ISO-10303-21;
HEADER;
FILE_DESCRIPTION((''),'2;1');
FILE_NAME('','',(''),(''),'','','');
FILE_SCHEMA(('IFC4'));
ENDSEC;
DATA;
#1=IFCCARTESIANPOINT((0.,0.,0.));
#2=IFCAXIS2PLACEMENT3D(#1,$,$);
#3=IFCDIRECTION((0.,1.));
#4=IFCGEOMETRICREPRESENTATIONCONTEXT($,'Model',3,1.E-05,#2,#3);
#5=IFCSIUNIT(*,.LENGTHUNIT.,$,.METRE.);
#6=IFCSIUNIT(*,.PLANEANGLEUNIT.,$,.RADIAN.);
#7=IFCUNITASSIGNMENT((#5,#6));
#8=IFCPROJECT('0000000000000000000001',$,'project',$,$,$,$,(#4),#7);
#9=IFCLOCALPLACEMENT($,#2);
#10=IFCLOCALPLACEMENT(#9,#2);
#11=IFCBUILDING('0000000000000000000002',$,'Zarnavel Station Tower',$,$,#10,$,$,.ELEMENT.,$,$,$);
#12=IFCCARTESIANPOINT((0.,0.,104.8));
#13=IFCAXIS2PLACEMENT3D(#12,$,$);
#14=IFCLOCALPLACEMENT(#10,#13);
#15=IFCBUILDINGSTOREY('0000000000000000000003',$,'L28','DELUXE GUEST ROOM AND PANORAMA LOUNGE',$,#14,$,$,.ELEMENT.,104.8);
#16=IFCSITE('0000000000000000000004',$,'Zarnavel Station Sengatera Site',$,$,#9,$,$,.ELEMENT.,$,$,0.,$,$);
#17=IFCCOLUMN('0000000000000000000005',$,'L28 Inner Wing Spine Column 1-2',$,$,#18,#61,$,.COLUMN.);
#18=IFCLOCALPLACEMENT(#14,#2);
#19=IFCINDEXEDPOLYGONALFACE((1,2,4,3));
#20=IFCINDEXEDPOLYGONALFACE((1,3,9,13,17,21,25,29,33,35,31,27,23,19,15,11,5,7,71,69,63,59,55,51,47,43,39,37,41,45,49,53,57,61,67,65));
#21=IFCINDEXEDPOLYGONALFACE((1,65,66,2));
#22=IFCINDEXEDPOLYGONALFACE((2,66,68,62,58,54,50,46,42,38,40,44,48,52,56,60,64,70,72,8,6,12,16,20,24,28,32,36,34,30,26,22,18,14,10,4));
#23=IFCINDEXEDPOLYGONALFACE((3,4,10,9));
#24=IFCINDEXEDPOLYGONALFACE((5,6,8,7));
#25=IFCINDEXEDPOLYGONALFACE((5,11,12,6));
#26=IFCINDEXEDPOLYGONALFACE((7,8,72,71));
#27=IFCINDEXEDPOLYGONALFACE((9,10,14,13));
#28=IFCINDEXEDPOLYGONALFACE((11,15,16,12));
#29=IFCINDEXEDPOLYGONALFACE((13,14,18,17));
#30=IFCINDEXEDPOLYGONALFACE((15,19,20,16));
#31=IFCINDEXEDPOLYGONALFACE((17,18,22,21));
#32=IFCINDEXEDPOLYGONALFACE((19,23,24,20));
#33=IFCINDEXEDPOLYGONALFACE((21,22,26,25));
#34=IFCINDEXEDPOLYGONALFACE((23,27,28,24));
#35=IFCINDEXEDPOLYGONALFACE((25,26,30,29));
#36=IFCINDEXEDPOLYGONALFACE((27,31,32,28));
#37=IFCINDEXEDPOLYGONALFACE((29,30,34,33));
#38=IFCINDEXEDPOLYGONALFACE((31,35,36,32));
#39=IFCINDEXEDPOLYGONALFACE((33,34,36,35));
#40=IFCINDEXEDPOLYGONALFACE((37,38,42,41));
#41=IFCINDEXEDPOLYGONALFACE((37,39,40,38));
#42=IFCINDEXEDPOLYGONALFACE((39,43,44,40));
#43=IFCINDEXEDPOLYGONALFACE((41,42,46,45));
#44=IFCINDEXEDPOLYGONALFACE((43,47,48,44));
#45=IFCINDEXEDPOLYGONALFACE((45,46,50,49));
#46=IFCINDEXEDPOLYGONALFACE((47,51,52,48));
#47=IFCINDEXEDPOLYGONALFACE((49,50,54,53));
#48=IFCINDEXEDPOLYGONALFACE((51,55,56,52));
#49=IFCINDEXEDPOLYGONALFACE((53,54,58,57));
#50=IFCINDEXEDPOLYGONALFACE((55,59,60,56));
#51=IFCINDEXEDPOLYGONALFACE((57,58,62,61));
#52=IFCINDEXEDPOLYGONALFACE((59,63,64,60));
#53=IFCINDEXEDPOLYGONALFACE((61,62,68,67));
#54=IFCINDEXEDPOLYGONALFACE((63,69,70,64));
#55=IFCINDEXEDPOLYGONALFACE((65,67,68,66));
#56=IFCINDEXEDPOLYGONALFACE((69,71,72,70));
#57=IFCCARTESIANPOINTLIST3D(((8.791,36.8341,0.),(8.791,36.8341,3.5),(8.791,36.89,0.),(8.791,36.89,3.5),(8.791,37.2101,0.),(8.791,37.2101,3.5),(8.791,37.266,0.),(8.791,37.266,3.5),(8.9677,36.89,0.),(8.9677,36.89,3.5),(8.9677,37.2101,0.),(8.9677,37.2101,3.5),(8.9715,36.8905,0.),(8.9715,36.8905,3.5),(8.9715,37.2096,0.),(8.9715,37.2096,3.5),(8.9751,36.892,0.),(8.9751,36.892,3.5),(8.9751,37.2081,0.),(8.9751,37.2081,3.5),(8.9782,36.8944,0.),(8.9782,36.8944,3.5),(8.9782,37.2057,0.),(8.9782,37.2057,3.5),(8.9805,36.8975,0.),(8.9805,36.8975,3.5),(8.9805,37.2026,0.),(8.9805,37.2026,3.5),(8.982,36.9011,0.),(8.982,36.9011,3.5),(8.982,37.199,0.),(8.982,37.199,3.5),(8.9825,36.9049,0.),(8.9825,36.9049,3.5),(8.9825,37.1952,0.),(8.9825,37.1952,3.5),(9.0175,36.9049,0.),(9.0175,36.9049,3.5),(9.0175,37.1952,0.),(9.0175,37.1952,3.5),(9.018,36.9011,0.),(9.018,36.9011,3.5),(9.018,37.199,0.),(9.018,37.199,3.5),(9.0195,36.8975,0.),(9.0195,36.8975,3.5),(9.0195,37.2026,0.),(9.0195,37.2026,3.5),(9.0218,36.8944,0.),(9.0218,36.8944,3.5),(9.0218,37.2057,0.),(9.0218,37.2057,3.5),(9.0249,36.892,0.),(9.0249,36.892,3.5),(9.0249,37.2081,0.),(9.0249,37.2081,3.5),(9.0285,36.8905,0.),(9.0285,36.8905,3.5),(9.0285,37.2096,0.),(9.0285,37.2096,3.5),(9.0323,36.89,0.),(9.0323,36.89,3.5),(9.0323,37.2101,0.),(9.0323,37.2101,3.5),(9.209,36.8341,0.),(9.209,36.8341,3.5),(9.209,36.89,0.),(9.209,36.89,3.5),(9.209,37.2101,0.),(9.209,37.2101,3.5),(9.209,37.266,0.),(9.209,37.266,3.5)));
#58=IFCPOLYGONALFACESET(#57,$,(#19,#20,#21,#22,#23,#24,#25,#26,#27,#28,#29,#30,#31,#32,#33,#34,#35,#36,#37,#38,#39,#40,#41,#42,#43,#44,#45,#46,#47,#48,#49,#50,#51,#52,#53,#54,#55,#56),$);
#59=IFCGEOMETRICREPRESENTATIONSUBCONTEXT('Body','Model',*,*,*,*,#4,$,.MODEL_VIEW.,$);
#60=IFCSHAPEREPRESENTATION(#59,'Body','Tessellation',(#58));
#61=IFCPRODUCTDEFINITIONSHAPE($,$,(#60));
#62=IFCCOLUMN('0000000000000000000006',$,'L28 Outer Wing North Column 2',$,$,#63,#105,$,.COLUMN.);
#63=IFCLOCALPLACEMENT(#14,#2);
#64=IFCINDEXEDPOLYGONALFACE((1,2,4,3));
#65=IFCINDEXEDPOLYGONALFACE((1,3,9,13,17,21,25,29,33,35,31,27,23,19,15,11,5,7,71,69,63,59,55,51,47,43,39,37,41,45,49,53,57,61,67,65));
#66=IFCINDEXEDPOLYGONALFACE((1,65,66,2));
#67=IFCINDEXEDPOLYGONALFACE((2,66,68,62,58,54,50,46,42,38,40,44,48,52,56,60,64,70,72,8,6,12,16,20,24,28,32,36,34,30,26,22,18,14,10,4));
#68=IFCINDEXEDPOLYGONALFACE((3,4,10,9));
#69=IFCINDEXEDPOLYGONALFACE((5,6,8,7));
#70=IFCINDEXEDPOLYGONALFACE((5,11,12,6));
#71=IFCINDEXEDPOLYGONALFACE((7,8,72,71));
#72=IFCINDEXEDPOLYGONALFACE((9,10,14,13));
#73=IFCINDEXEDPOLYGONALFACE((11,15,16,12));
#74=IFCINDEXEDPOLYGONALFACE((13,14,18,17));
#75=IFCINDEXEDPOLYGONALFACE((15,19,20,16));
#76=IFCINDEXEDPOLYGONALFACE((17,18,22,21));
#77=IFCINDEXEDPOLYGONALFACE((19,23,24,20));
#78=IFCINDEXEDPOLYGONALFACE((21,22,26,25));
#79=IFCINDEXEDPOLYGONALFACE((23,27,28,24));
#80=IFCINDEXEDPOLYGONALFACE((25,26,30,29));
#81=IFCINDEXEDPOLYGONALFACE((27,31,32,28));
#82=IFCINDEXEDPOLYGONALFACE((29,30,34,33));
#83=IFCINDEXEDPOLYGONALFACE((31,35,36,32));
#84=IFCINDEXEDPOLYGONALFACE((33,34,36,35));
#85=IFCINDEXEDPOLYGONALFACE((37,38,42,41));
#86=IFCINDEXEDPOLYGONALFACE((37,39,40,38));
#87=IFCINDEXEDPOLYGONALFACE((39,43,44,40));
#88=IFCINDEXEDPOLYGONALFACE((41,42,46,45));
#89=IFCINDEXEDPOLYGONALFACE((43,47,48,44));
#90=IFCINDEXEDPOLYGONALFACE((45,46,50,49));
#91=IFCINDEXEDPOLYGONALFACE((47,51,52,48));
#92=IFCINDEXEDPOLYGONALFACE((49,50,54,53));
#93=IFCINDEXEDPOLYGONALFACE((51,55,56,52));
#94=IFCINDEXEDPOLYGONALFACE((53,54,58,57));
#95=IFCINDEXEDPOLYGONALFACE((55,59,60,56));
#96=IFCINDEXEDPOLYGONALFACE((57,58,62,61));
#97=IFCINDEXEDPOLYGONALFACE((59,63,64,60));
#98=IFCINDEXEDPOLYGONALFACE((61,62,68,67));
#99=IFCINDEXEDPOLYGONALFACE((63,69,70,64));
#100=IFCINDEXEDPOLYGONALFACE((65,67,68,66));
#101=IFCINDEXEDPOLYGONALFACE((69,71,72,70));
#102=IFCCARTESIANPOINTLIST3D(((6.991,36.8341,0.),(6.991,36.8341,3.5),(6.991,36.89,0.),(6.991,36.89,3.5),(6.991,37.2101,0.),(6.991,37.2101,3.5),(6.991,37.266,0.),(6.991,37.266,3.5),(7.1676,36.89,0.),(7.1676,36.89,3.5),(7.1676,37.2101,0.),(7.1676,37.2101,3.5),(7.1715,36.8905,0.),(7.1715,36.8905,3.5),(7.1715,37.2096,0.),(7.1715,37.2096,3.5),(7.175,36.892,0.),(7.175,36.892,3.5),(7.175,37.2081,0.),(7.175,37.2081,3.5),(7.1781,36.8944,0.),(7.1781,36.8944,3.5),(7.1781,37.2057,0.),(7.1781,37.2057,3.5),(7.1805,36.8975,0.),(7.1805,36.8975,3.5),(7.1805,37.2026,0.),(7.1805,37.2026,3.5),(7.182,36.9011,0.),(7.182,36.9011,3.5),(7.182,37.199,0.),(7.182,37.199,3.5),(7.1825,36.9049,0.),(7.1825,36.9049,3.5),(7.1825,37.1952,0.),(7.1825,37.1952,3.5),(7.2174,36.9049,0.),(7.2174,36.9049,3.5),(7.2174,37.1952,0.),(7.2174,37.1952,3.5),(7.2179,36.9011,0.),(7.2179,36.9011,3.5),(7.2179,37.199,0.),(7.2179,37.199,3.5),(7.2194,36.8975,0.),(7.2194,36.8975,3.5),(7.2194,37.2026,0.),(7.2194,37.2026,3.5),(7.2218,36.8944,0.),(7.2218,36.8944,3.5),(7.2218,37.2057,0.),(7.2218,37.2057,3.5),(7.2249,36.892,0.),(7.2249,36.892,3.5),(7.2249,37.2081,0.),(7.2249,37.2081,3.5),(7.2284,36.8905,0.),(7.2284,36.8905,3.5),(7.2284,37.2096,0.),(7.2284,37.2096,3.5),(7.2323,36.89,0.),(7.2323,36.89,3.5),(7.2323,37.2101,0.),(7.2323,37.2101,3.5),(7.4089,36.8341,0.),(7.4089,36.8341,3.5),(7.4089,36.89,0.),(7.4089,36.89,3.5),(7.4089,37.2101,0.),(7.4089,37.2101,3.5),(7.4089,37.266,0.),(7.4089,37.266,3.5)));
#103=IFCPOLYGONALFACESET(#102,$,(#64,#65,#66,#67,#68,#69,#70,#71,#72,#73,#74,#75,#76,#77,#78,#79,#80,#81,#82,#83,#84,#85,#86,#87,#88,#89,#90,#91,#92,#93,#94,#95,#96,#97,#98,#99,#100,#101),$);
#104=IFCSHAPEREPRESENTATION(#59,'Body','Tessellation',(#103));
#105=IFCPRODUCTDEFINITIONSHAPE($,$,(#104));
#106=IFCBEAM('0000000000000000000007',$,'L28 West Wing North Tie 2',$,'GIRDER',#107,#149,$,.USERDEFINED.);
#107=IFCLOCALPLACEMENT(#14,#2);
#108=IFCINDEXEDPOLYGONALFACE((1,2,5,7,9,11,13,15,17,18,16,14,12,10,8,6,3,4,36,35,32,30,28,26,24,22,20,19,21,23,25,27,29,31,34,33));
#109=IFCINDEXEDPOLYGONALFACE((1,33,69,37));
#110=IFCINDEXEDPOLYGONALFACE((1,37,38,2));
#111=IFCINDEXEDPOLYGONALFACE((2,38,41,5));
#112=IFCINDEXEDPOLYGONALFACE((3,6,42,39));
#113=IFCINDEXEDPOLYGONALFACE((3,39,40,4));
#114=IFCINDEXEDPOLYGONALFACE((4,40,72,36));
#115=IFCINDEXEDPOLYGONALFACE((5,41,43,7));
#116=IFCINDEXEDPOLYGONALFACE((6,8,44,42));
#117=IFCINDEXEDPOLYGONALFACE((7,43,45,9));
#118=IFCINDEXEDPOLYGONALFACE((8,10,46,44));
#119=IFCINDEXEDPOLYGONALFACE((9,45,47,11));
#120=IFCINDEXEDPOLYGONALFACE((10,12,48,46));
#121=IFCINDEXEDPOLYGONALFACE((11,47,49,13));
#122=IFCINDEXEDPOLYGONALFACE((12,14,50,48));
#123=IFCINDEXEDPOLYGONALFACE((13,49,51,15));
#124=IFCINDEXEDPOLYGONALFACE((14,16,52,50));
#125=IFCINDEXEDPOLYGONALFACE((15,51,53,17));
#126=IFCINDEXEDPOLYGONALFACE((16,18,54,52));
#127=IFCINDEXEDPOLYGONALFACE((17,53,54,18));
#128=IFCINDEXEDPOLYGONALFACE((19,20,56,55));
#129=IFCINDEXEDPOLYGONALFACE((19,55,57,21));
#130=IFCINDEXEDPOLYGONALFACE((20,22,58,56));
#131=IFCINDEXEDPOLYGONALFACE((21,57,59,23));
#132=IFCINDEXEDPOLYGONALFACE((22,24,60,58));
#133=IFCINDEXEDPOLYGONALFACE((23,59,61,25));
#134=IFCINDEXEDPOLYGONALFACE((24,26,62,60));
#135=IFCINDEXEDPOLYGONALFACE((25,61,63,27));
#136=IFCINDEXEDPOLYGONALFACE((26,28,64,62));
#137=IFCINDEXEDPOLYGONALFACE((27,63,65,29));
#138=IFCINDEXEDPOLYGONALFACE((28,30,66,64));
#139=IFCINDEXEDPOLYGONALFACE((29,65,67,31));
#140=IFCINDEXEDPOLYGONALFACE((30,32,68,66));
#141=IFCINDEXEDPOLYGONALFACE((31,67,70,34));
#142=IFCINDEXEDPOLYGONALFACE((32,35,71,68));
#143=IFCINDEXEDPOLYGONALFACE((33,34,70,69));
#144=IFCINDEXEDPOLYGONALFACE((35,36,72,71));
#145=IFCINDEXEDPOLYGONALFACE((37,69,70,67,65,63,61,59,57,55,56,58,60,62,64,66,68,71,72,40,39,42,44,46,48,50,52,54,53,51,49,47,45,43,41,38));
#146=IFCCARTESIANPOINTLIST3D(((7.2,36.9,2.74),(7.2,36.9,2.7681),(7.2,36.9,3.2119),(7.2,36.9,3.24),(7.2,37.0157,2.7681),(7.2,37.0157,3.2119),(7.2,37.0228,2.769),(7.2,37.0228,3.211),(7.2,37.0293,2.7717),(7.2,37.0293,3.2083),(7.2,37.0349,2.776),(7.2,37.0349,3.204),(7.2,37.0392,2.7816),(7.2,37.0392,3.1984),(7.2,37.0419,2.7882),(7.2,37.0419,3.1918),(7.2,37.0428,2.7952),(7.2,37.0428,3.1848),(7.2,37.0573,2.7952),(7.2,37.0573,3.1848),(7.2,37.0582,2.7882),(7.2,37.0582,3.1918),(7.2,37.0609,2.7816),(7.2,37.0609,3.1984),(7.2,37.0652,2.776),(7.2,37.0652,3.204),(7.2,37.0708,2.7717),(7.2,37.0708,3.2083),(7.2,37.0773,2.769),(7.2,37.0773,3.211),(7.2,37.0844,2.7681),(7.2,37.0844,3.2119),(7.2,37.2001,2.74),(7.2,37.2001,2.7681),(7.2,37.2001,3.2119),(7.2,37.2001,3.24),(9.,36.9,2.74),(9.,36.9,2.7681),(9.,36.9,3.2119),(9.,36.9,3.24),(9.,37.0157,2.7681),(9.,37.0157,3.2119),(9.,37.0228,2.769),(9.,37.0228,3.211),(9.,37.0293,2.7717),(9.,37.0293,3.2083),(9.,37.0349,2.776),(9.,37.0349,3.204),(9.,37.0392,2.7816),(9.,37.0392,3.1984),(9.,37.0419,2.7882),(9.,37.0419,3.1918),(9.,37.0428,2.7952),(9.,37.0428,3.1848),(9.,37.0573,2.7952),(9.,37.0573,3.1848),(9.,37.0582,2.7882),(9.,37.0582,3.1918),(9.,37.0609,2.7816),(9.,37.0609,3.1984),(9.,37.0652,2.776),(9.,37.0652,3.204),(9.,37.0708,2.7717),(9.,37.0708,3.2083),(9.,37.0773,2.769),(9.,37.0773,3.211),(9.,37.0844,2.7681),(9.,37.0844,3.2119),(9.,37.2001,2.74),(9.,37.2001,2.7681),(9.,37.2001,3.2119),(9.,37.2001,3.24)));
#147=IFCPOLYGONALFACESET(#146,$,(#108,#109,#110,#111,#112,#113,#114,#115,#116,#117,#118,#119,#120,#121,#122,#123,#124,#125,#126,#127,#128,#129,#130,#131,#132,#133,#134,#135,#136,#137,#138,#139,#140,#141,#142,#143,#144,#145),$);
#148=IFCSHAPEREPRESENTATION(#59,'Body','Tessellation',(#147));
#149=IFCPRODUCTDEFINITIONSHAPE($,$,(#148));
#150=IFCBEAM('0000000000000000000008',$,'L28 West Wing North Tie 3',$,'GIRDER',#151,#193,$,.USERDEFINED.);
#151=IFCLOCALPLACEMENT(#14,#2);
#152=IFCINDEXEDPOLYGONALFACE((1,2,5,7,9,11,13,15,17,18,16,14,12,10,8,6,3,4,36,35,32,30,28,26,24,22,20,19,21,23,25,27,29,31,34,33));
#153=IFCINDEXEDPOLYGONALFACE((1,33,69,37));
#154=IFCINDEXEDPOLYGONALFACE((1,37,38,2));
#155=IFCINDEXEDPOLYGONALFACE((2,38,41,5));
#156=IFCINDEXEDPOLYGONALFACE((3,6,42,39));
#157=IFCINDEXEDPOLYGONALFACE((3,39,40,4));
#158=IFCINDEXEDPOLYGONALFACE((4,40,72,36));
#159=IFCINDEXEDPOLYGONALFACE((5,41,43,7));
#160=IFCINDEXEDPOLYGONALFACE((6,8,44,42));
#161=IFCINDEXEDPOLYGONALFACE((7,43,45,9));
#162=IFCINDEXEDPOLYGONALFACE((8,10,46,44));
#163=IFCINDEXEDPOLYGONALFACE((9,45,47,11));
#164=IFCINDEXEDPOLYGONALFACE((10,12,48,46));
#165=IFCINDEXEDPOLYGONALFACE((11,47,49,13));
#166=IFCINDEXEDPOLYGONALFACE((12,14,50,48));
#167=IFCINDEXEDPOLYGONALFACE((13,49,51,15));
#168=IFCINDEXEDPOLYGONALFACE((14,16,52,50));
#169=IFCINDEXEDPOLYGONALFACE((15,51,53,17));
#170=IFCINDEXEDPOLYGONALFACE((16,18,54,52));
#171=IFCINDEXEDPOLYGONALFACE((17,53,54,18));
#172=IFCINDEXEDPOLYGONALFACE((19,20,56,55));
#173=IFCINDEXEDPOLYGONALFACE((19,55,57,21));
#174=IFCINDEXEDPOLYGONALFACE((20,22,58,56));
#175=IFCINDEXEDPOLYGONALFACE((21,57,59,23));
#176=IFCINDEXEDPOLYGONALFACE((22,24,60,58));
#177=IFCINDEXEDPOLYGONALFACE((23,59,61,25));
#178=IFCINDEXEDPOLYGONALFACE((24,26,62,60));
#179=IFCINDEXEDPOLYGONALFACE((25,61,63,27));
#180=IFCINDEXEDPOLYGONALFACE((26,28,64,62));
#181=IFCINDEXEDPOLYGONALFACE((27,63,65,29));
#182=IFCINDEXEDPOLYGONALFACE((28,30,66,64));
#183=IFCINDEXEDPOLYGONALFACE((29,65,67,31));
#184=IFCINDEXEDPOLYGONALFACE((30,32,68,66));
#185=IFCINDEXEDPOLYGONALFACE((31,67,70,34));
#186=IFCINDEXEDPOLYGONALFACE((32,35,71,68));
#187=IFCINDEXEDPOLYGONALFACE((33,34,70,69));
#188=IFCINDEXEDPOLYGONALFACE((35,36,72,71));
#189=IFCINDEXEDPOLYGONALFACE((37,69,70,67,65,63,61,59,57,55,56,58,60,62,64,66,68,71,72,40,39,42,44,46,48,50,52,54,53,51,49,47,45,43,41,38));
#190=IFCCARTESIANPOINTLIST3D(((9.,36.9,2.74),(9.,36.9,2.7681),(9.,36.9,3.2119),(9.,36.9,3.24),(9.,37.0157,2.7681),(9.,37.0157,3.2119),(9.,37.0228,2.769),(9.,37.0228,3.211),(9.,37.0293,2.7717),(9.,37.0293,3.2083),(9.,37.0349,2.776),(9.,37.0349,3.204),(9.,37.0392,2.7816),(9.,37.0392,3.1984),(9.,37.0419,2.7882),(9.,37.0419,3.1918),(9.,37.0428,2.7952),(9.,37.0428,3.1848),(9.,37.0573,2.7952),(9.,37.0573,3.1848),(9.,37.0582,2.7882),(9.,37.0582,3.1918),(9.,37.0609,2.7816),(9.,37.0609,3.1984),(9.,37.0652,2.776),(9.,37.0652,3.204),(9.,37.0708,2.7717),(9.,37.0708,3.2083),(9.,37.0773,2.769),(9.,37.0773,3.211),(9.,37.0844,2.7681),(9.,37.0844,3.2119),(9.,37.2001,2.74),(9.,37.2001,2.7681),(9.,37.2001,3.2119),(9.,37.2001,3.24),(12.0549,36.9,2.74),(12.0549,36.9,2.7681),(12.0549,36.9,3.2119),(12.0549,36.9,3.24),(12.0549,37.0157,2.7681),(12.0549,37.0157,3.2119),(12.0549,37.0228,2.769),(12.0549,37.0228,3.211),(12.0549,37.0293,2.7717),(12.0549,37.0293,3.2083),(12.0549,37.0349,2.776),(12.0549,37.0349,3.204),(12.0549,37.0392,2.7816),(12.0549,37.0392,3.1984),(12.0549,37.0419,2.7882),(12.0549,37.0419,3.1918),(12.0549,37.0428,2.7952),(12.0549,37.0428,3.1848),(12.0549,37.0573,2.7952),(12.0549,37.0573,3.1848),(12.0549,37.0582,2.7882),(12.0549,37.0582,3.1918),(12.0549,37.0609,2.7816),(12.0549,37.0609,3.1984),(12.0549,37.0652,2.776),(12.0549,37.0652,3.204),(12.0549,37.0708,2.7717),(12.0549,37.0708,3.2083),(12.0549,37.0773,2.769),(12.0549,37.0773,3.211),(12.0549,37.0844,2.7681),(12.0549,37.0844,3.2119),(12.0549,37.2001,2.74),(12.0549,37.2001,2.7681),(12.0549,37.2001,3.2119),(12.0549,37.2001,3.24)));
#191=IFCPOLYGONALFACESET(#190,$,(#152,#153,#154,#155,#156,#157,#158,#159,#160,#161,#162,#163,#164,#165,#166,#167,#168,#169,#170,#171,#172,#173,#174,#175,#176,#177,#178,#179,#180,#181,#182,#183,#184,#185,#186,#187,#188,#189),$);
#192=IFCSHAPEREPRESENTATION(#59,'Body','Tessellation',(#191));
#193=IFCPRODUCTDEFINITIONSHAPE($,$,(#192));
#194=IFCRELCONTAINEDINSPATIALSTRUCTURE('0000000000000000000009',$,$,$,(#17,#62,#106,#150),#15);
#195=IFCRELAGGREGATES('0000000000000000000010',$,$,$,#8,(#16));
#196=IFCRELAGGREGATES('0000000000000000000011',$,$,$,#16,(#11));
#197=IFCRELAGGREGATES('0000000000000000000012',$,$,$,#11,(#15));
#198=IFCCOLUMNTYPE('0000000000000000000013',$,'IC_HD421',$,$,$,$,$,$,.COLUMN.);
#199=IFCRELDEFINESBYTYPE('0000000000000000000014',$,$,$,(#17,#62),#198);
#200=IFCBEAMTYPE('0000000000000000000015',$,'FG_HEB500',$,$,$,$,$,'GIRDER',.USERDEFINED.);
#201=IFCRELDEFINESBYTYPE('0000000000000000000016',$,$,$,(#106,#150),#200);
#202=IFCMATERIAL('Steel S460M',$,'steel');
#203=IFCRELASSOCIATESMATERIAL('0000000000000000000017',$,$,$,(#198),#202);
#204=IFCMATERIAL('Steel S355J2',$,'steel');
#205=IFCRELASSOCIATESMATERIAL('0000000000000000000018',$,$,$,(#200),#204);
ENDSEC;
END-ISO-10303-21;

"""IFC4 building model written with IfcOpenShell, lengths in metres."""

from ifc_helpers import new_model, si_unit, direction, frame, origin, origin_2d, place, context, subcontext, project, spatial, i_section, extrude, material, material_profile, profile_set, type_object, element, save


model = new_model("IFC4")

# Units and contexts
model_context = context("Model", 3, precision=1e-05, world=origin(), true_north=direction((0.0, 1.0)))
body_context = subcontext(model_context, "Body", "Model", "MODEL_VIEW")
ifc_project = project(units=[si_unit("LENGTHUNIT", "METRE"), si_unit("PLANEANGLEUNIT", "RADIAN")], contexts=[model_context])

# Site, building, storey
site_placement = place(None, origin())
site = spatial("IfcSite", under=ifc_project, at=site_placement, Name="Zarnavel Station Sengatera Site", CompositionType="ELEMENT", RefElevation=0.0)
building_placement = place(site_placement, origin())
building = spatial("IfcBuilding", under=site, at=building_placement, Name="Zarnavel Station Tower", CompositionType="ELEMENT")
storey_placement = place(building_placement, frame((0.0, 0.0, 104.8)))
storey = spatial("IfcBuildingStorey", under=building, at=storey_placement, Name="L28", Description="DELUXE GUEST ROOM AND PANORAMA LOUNGE", CompositionType="ELEMENT", Elevation=104.8)

# Columns
ifc_material_1 = material(Name="Steel S460M", Category="steel")
ifc_material_profile_1 = material_profile(ifc_material_1, i_section(OverallWidth=0.418, OverallDepth=0.4319, WebThickness=0.0349, FlangeThickness=0.0559, FilletRadius=0.0149, at=origin_2d()), Name="HD400x421")
ifc_profile_set_1 = profile_set([ifc_material_profile_1], Name="Steel S460M")
column_type = type_object("IfcColumnType", Name="IC_HD421", PredefinedType="COLUMN", material=ifc_profile_set_1)
for number, where, z_axis, x_axis, name in (
    (1, (9.0, 37.05, 0.0), (0.0, 0.0, 1.0), (1.0, 0.0, 0.0), "L28 Inner Wing Spine Column 1-2"),
    (2, (7.2, 37.05, 0.0), (0.0, 0.0, 1.0), (1.0, 0.0, 0.0), "L28 Outer Wing North Column 2"),
):
    element("IfcColumn", number, at=place(storey_placement, frame(where, z_axis=z_axis, x_axis=x_axis)), inside=storey, type_object=column_type, Name=name, PredefinedType="COLUMN", context=body_context, shape_type="SweptSolid", body=[
        extrude(i_section(OverallWidth=0.418, OverallDepth=0.4319, WebThickness=0.0349, FlangeThickness=0.0559, FilletRadius=0.0149, at=origin_2d()), origin(), (0.0, 0.0, 1.0), 3.5),
    ])

# Beams
ifc_material_2 = material(Name="Steel S355J2", Category="steel")
ifc_material_profile_2 = material_profile(ifc_material_2, i_section(OverallWidth=0.3, OverallDepth=0.5, WebThickness=0.0144, FlangeThickness=0.0281, FilletRadius=0.0271, at=origin_2d()), Name="HEB500")
ifc_profile_set_2 = profile_set([ifc_material_profile_2], Name="Steel S355J2")
beam_type = type_object("IfcBeamType", Name="FG_HEB500", ElementType="GIRDER", PredefinedType="USERDEFINED", material=ifc_profile_set_2)
beam_1_placement = place(storey_placement, frame((7.2, 37.05, 2.99), z_axis=(1.0, 0.0, 0.0), x_axis=(0.0, 1.0, 0.0)))
element("IfcBeam", 3, at=beam_1_placement, inside=storey, type_object=beam_type, Name="L28 West Wing North Tie 2", ObjectType="GIRDER", PredefinedType="USERDEFINED", context=body_context, shape_type="SweptSolid", body=[
    extrude(i_section(OverallWidth=0.3, OverallDepth=0.5, WebThickness=0.0144, FlangeThickness=0.0281, FilletRadius=0.0271, at=origin_2d()), origin(), (0.0, 0.0, 1.0), 1.8),
])
beam_2_placement = place(storey_placement, frame((9.0, 37.05, 2.99), z_axis=(1.0, 0.0, 0.0), x_axis=(0.0, 1.0, 0.0)))
element("IfcBeam", 4, at=beam_2_placement, inside=storey, type_object=beam_type, Name="L28 West Wing North Tie 3", ObjectType="GIRDER", PredefinedType="USERDEFINED", context=body_context, shape_type="SweptSolid", body=[
    extrude(i_section(OverallWidth=0.3, OverallDepth=0.5, WebThickness=0.0144, FlangeThickness=0.0281, FilletRadius=0.0271, at=origin_2d()), origin(), (0.0, 0.0, 1.0), 3.0549),
])

save(model, "model.ifc")
